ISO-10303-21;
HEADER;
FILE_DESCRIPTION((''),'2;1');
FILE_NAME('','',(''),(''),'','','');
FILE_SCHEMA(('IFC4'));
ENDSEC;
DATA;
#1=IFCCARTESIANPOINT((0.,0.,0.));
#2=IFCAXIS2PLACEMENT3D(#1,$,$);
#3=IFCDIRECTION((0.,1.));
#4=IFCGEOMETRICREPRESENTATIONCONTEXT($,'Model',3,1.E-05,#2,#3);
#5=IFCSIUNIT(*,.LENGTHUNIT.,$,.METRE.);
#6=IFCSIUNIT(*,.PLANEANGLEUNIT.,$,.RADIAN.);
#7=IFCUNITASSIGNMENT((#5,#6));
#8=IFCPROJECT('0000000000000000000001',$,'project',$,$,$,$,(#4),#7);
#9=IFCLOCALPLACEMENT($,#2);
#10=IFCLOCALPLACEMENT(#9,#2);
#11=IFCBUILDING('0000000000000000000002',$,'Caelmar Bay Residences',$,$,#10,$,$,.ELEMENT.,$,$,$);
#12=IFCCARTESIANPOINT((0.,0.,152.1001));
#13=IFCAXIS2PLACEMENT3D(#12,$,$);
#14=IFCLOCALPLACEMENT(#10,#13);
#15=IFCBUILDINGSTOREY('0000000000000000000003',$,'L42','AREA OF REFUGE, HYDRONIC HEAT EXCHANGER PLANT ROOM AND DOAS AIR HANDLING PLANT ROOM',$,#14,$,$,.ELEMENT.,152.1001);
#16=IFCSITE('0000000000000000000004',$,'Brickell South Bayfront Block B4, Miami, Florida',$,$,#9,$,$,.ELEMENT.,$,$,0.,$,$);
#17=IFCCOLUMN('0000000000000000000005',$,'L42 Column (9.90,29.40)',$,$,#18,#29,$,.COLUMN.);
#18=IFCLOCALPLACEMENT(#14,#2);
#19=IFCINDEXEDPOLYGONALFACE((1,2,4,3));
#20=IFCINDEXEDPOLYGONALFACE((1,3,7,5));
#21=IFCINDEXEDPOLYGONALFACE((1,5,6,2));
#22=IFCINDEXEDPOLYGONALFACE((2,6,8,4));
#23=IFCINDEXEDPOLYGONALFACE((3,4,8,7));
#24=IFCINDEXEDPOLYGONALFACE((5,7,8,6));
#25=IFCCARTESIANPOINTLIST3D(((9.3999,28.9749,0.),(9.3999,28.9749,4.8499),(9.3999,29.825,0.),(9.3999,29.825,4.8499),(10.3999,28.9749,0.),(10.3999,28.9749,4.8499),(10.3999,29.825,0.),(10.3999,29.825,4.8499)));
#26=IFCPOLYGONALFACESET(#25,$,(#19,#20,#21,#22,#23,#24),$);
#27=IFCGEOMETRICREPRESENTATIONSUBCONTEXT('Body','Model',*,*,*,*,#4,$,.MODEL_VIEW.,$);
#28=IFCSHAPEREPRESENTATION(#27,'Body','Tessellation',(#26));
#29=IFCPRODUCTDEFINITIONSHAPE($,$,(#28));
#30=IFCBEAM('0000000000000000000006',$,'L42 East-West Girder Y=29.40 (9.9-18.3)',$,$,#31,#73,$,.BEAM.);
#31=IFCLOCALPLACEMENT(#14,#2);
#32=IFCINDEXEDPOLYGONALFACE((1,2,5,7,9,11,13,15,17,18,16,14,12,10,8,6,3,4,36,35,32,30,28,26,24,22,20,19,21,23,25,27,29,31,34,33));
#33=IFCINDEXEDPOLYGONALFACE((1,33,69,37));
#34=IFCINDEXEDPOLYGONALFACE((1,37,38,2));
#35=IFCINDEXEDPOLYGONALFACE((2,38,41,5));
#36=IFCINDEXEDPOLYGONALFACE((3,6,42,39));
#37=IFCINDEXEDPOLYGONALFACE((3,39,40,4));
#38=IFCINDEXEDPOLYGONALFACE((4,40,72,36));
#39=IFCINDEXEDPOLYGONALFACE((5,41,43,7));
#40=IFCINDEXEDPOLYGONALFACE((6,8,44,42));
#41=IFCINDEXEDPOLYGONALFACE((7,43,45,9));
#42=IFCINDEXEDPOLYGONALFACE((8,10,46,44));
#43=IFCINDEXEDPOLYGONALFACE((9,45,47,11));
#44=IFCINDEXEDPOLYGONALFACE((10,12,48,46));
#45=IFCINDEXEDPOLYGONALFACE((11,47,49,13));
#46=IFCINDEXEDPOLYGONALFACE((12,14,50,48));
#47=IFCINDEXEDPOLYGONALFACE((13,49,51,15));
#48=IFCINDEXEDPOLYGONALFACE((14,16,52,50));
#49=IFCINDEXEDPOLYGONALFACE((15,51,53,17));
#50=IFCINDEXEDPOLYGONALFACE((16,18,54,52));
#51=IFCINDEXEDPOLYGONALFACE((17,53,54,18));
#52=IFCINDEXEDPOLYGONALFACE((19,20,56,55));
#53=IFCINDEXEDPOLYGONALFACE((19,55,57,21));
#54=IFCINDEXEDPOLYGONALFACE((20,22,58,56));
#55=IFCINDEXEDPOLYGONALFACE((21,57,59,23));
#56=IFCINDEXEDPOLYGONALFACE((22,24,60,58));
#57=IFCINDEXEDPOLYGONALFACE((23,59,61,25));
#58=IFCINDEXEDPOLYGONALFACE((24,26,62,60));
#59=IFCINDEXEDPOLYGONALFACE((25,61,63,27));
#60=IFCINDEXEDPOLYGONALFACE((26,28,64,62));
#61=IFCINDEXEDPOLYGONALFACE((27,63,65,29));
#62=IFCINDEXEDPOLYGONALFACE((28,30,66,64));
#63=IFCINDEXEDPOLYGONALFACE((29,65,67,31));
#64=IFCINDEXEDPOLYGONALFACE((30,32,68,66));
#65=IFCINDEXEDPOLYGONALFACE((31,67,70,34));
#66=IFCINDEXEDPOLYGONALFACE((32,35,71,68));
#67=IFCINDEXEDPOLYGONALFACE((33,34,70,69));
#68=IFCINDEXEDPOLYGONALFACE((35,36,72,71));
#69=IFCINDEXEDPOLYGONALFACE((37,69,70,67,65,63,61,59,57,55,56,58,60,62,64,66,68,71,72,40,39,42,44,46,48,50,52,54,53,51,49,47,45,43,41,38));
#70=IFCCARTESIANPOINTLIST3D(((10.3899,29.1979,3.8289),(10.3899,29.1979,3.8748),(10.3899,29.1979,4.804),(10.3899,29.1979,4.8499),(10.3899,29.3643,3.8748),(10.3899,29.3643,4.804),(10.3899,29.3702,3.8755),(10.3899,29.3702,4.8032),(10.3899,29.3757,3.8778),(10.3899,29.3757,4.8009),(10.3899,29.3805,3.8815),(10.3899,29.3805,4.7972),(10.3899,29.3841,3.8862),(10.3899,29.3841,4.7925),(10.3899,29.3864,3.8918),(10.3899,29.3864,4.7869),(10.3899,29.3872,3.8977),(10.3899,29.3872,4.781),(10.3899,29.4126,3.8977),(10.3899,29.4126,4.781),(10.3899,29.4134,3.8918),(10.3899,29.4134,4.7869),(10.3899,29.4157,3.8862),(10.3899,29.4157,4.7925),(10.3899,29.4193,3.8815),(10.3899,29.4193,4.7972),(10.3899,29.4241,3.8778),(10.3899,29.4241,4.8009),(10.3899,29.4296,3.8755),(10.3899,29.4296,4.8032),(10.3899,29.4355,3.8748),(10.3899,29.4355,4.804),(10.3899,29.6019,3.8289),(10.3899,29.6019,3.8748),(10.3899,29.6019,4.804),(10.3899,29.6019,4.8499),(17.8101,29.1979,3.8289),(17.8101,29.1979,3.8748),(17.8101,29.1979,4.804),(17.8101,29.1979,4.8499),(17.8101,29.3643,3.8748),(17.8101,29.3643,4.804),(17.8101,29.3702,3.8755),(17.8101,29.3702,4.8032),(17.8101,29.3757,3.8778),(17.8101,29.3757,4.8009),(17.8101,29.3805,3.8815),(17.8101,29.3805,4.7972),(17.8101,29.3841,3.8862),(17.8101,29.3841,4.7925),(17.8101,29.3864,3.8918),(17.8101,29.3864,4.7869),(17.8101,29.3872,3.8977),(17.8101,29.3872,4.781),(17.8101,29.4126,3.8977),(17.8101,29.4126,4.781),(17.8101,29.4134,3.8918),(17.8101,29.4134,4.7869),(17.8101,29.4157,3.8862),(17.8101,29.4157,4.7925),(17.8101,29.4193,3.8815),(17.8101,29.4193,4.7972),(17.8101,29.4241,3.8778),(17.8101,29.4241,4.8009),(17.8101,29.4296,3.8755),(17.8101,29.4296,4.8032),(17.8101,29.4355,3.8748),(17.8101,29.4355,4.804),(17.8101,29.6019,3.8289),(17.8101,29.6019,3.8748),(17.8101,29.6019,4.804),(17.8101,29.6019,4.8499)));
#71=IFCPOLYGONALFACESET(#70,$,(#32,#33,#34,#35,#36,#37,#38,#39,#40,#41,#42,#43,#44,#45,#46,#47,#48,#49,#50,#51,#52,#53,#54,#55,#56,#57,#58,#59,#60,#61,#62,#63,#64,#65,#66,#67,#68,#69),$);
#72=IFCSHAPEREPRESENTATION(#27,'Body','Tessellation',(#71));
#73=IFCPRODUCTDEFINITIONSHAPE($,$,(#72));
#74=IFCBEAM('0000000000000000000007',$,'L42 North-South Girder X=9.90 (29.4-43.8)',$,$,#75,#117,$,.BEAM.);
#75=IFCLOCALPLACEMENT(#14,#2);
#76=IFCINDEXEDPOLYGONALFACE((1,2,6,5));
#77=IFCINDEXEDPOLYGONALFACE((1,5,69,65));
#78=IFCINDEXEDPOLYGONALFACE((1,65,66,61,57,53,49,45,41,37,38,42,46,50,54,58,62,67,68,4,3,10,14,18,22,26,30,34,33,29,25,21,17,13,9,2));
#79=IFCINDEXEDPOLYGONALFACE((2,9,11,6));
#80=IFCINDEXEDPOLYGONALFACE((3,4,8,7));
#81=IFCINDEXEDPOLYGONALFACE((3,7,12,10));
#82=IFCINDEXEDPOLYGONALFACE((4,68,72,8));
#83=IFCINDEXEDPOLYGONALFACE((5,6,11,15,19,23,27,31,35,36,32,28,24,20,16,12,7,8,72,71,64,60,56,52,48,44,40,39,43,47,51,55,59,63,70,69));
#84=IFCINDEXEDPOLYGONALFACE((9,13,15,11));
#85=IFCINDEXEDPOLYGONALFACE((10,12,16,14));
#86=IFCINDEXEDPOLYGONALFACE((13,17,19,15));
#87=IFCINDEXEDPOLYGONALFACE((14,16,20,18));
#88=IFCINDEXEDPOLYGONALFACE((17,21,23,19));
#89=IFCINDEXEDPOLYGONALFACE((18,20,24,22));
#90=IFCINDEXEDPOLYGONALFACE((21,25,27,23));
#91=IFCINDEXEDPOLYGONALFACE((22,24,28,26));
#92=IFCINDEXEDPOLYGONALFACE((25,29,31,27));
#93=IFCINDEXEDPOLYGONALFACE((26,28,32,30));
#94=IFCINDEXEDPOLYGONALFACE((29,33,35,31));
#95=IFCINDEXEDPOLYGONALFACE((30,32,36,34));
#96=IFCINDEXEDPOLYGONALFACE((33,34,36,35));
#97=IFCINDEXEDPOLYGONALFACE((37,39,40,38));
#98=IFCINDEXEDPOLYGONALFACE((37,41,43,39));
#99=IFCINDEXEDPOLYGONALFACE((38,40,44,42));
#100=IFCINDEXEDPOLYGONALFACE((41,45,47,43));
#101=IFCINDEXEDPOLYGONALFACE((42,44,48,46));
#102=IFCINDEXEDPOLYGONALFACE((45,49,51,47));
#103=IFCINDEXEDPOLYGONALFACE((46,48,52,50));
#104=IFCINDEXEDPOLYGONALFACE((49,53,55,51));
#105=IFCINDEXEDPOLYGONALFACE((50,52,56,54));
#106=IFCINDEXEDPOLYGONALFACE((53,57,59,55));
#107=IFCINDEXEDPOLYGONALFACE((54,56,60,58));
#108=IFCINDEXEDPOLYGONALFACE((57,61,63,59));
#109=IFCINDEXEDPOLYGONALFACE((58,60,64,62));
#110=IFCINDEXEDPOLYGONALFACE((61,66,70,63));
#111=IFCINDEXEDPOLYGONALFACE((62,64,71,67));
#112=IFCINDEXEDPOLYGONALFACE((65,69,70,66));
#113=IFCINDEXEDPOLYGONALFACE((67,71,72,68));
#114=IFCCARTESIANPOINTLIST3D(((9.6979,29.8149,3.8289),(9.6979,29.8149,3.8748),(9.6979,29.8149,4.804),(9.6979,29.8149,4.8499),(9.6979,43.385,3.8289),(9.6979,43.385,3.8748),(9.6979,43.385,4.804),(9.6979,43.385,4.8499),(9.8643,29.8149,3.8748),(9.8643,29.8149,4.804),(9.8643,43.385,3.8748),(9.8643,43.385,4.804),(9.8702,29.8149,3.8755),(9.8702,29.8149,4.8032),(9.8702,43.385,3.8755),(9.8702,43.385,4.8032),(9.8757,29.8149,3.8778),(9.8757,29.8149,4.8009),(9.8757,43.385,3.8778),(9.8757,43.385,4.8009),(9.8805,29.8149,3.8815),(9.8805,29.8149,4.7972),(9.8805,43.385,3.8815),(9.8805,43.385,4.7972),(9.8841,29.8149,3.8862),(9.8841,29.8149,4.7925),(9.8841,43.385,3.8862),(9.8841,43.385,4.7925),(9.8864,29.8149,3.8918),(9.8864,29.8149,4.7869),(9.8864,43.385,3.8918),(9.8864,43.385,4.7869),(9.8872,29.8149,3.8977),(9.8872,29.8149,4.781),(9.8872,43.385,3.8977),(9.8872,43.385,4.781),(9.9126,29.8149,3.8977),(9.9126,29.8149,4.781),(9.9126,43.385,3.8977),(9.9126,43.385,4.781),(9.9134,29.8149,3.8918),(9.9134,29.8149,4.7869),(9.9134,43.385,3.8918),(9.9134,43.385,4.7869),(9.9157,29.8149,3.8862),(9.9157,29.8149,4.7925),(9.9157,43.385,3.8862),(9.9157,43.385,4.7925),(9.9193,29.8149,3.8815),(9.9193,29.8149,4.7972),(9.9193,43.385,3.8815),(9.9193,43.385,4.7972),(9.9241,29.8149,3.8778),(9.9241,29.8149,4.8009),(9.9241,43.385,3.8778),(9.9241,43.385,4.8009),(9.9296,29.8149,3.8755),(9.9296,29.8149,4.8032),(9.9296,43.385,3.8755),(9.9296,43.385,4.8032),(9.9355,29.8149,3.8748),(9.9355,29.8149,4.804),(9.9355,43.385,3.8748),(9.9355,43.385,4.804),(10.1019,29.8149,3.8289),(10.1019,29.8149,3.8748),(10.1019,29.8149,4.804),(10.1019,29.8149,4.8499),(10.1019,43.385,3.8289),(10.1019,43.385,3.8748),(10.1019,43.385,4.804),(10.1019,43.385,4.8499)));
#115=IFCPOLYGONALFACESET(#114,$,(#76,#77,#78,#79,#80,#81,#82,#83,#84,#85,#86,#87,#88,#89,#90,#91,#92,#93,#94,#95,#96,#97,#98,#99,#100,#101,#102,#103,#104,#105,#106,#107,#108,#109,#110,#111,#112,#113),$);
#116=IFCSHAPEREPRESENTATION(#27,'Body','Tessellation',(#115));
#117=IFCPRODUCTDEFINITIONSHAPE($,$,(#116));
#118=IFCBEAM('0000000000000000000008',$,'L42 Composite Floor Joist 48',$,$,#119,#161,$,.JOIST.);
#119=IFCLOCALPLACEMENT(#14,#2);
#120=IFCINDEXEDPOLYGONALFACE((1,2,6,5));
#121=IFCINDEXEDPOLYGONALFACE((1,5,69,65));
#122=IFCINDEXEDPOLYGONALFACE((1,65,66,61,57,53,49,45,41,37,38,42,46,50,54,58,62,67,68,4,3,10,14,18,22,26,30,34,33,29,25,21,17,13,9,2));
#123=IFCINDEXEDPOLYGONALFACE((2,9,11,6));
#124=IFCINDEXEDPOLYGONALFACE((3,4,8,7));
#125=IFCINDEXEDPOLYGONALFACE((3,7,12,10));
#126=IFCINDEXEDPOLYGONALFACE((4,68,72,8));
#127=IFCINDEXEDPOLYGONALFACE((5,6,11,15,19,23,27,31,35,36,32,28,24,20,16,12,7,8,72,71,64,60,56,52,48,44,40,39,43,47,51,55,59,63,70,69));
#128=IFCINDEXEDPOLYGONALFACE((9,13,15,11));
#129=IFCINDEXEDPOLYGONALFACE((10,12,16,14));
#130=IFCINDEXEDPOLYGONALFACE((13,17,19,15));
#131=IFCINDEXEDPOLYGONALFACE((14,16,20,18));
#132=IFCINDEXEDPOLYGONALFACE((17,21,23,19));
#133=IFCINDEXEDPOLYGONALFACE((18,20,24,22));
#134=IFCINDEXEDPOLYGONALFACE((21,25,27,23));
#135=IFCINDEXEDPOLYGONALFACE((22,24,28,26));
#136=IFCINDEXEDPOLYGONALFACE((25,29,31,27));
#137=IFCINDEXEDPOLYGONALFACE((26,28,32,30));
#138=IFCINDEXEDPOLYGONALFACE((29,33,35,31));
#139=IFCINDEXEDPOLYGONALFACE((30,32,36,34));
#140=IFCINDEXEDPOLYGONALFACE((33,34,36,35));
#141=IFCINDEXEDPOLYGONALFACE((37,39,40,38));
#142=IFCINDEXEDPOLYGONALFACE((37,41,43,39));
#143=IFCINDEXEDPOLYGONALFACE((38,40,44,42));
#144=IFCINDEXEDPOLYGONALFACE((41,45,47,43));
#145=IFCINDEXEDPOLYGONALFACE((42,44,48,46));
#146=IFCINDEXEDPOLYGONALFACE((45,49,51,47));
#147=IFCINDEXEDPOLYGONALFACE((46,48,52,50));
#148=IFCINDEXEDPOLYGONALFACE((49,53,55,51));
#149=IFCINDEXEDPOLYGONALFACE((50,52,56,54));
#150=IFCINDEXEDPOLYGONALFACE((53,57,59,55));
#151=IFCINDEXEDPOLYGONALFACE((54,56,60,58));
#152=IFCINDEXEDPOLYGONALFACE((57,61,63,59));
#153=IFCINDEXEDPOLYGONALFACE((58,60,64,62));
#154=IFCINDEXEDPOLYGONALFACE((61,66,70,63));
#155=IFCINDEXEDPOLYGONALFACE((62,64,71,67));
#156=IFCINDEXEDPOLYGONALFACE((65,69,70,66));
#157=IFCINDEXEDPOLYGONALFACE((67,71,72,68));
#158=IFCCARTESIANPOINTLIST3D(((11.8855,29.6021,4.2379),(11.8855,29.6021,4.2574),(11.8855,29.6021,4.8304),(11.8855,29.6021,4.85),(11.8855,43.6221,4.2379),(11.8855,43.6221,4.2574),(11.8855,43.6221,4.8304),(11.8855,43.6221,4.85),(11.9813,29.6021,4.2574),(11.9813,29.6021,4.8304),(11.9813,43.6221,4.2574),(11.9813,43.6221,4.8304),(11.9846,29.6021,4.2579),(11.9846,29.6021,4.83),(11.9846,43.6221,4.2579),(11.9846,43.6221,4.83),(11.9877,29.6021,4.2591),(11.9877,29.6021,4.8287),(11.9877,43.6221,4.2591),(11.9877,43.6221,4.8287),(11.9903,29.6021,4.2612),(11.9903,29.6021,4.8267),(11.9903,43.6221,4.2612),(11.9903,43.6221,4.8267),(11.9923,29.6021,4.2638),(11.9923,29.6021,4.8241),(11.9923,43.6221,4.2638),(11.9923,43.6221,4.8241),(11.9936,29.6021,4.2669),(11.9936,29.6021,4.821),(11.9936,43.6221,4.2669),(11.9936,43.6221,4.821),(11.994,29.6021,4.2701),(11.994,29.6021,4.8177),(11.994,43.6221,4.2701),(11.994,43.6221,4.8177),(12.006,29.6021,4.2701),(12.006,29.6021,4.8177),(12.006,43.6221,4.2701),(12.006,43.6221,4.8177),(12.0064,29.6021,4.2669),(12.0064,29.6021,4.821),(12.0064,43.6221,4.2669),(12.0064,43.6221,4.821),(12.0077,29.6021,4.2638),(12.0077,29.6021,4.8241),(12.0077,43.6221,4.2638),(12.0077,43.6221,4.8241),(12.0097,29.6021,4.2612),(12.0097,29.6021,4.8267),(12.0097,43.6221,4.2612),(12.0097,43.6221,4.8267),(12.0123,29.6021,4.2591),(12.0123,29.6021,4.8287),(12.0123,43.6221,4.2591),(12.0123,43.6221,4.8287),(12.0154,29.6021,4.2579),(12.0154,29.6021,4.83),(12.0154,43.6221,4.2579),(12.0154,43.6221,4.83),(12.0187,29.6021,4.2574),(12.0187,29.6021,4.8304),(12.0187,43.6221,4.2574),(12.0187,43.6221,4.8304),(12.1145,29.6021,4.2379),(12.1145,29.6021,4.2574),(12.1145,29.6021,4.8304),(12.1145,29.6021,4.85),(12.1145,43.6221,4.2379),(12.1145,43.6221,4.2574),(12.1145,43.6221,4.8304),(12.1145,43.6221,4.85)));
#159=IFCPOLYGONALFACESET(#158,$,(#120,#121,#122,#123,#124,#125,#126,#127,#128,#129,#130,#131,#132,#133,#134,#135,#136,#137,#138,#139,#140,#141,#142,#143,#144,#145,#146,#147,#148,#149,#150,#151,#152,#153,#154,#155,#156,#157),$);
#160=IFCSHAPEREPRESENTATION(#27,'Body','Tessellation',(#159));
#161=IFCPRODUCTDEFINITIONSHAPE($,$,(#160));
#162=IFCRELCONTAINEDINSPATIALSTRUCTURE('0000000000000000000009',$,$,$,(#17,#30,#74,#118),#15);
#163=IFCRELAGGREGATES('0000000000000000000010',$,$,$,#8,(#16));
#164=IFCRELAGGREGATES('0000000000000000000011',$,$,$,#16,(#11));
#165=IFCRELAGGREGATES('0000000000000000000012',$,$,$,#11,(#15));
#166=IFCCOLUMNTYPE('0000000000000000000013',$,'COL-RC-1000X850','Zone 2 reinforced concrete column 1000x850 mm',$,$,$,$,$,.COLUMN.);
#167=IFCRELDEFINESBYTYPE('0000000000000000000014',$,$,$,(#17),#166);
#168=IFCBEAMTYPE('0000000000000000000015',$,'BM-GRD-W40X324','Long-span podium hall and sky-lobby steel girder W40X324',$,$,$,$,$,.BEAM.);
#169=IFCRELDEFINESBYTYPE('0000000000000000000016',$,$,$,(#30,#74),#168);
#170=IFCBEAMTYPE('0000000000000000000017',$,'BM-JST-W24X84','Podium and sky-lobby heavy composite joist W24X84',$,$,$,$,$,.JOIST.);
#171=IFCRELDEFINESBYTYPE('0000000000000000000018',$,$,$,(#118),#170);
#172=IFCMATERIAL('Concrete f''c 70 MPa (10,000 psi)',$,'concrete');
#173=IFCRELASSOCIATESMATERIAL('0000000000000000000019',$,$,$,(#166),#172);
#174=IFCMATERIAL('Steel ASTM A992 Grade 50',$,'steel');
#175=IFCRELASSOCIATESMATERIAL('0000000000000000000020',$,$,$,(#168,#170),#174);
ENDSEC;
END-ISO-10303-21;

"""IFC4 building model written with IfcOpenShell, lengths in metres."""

from ifc_helpers import new_model, si_unit, direction, frame, origin, origin_2d, place, context, subcontext, project, spatial, rectangle, i_section, extrude, material, material_profile, profile_set, type_object, element, save


model = new_model("IFC4")

# Units and contexts
model_context = context("Model", 3, precision=1e-05, world=origin(), true_north=direction((0.0, 1.0)))
body_context = subcontext(model_context, "Body", "Model", "MODEL_VIEW")
ifc_project = project(units=[si_unit("LENGTHUNIT", "METRE"), si_unit("PLANEANGLEUNIT", "RADIAN")], contexts=[model_context])

# Site, building, storey
site_placement = place(None, origin())
site = spatial("IfcSite", under=ifc_project, at=site_placement, Name="Brickell South Bayfront Block B4, Miami, Florida", CompositionType="ELEMENT", RefElevation=0.0)
building_placement = place(site_placement, origin())
building = spatial("IfcBuilding", under=site, at=building_placement, Name="Caelmar Bay Residences", CompositionType="ELEMENT")
storey_placement = place(building_placement, frame((0.0, 0.0, 152.1001)))
storey = spatial("IfcBuildingStorey", under=building, at=storey_placement, Name="L42", Description="AREA OF REFUGE, HYDRONIC HEAT EXCHANGER PLANT ROOM AND DOAS AIR HANDLING PLANT ROOM", CompositionType="ELEMENT", Elevation=152.1001)

# Column
ifc_material_1 = material(Name="Concrete f'c 70 MPa (10,000 psi)", Category="concrete")
ifc_material_profile_1 = material_profile(ifc_material_1, rectangle(XDim=1.0, YDim=0.8501, at=origin_2d()), Name="RC-COL-1000X850")
ifc_profile_set_1 = profile_set([ifc_material_profile_1], Name="Concrete f'c 70 MPa (10,000 psi)")
column_type = type_object("IfcColumnType", Name="COL-RC-1000X850", Description="Zone 2 reinforced concrete column 1000x850 mm", PredefinedType="COLUMN", material=ifc_profile_set_1)
column_placement = place(storey_placement, frame((9.8999, 29.3999, 0.0), z_axis=(0.0, 0.0, 1.0), x_axis=(1.0, 0.0, 0.0)))
element("IfcColumn", 1, at=column_placement, inside=storey, type_object=column_type, Name="L42 Column (9.90,29.40)", PredefinedType="COLUMN", context=body_context, shape_type="SweptSolid", body=[
    extrude(rectangle(XDim=1.0, YDim=0.8501, at=origin_2d()), origin(), (0.0, 0.0, 1.0), 4.8499),
])

# Beams
ifc_material_2 = material(Name="Steel ASTM A992 Grade 50", Category="steel")
ifc_material_profile_2 = material_profile(ifc_material_2, i_section(OverallWidth=0.4041, OverallDepth=1.021, WebThickness=0.0254, FlangeThickness=0.0459, FilletRadius=0.0229, at=origin_2d()), Name="W40X324")
ifc_profile_set_2 = profile_set([ifc_material_profile_2], Name="Steel ASTM A992 Grade 50")
beam_type_1 = type_object("IfcBeamType", Name="BM-GRD-W40X324", Description="Long-span podium hall and sky-lobby steel girder W40X324", PredefinedType="BEAM", material=ifc_profile_set_2)
beam_1_placement = place(storey_placement, frame((10.3899, 29.3999, 4.3394), z_axis=(1.0, 0.0, 0.0), x_axis=(0.0, 1.0, 0.0)))
element("IfcBeam", 2, at=beam_1_placement, inside=storey, type_object=beam_type_1, Name="L42 East-West Girder Y=29.40 (9.9-18.3)", PredefinedType="BEAM", context=body_context, shape_type="SweptSolid", body=[
    extrude(i_section(OverallWidth=0.4041, OverallDepth=1.021, WebThickness=0.0254, FlangeThickness=0.0459, FilletRadius=0.0229, at=origin_2d()), origin(), (0.0, 0.0, 1.0), 7.4202),
])
beam_2_placement = place(storey_placement, frame((9.8999, 29.8149, 4.3394), z_axis=(0.0, 1.0, 0.0), x_axis=(-1.0, 0.0, 0.0)))
element("IfcBeam", 3, at=beam_2_placement, inside=storey, type_object=beam_type_1, Name="L42 North-South Girder X=9.90 (29.4-43.8)", PredefinedType="BEAM", context=body_context, shape_type="SweptSolid", body=[
    extrude(i_section(OverallWidth=0.4041, OverallDepth=1.021, WebThickness=0.0254, FlangeThickness=0.0459, FilletRadius=0.0229, at=origin_2d()), origin(), (0.0, 0.0, 1.0), 13.5701),
])
ifc_material_profile_3 = material_profile(ifc_material_2, i_section(OverallWidth=0.229, OverallDepth=0.6121, WebThickness=0.012, FlangeThickness=0.0195, FilletRadius=0.0127, at=origin_2d()), Name="W24X84")
ifc_profile_set_3 = profile_set([ifc_material_profile_3], Name="Steel ASTM A992 Grade 50")
beam_type_2 = type_object("IfcBeamType", Name="BM-JST-W24X84", Description="Podium and sky-lobby heavy composite joist W24X84", PredefinedType="JOIST", material=ifc_profile_set_3)
for number, where, z_axis, x_axis, name in (
    (4, (12.0, 29.6021, 4.5439), (0.0, 1.0, 0.0), (-1.0, 0.0, 0.0), "L42 Composite Floor Joist 48"),
):
    element("IfcBeam", number, at=place(storey_placement, frame(where, z_axis=z_axis, x_axis=x_axis)), inside=storey, type_object=beam_type_2, Name=name, PredefinedType="JOIST", context=body_context, shape_type="SweptSolid", body=[
        extrude(i_section(OverallWidth=0.229, OverallDepth=0.6121, WebThickness=0.012, FlangeThickness=0.0195, FilletRadius=0.0127, at=origin_2d()), origin(), (0.0, 0.0, 1.0), 14.02),
    ])

save(model, "model.ifc")
